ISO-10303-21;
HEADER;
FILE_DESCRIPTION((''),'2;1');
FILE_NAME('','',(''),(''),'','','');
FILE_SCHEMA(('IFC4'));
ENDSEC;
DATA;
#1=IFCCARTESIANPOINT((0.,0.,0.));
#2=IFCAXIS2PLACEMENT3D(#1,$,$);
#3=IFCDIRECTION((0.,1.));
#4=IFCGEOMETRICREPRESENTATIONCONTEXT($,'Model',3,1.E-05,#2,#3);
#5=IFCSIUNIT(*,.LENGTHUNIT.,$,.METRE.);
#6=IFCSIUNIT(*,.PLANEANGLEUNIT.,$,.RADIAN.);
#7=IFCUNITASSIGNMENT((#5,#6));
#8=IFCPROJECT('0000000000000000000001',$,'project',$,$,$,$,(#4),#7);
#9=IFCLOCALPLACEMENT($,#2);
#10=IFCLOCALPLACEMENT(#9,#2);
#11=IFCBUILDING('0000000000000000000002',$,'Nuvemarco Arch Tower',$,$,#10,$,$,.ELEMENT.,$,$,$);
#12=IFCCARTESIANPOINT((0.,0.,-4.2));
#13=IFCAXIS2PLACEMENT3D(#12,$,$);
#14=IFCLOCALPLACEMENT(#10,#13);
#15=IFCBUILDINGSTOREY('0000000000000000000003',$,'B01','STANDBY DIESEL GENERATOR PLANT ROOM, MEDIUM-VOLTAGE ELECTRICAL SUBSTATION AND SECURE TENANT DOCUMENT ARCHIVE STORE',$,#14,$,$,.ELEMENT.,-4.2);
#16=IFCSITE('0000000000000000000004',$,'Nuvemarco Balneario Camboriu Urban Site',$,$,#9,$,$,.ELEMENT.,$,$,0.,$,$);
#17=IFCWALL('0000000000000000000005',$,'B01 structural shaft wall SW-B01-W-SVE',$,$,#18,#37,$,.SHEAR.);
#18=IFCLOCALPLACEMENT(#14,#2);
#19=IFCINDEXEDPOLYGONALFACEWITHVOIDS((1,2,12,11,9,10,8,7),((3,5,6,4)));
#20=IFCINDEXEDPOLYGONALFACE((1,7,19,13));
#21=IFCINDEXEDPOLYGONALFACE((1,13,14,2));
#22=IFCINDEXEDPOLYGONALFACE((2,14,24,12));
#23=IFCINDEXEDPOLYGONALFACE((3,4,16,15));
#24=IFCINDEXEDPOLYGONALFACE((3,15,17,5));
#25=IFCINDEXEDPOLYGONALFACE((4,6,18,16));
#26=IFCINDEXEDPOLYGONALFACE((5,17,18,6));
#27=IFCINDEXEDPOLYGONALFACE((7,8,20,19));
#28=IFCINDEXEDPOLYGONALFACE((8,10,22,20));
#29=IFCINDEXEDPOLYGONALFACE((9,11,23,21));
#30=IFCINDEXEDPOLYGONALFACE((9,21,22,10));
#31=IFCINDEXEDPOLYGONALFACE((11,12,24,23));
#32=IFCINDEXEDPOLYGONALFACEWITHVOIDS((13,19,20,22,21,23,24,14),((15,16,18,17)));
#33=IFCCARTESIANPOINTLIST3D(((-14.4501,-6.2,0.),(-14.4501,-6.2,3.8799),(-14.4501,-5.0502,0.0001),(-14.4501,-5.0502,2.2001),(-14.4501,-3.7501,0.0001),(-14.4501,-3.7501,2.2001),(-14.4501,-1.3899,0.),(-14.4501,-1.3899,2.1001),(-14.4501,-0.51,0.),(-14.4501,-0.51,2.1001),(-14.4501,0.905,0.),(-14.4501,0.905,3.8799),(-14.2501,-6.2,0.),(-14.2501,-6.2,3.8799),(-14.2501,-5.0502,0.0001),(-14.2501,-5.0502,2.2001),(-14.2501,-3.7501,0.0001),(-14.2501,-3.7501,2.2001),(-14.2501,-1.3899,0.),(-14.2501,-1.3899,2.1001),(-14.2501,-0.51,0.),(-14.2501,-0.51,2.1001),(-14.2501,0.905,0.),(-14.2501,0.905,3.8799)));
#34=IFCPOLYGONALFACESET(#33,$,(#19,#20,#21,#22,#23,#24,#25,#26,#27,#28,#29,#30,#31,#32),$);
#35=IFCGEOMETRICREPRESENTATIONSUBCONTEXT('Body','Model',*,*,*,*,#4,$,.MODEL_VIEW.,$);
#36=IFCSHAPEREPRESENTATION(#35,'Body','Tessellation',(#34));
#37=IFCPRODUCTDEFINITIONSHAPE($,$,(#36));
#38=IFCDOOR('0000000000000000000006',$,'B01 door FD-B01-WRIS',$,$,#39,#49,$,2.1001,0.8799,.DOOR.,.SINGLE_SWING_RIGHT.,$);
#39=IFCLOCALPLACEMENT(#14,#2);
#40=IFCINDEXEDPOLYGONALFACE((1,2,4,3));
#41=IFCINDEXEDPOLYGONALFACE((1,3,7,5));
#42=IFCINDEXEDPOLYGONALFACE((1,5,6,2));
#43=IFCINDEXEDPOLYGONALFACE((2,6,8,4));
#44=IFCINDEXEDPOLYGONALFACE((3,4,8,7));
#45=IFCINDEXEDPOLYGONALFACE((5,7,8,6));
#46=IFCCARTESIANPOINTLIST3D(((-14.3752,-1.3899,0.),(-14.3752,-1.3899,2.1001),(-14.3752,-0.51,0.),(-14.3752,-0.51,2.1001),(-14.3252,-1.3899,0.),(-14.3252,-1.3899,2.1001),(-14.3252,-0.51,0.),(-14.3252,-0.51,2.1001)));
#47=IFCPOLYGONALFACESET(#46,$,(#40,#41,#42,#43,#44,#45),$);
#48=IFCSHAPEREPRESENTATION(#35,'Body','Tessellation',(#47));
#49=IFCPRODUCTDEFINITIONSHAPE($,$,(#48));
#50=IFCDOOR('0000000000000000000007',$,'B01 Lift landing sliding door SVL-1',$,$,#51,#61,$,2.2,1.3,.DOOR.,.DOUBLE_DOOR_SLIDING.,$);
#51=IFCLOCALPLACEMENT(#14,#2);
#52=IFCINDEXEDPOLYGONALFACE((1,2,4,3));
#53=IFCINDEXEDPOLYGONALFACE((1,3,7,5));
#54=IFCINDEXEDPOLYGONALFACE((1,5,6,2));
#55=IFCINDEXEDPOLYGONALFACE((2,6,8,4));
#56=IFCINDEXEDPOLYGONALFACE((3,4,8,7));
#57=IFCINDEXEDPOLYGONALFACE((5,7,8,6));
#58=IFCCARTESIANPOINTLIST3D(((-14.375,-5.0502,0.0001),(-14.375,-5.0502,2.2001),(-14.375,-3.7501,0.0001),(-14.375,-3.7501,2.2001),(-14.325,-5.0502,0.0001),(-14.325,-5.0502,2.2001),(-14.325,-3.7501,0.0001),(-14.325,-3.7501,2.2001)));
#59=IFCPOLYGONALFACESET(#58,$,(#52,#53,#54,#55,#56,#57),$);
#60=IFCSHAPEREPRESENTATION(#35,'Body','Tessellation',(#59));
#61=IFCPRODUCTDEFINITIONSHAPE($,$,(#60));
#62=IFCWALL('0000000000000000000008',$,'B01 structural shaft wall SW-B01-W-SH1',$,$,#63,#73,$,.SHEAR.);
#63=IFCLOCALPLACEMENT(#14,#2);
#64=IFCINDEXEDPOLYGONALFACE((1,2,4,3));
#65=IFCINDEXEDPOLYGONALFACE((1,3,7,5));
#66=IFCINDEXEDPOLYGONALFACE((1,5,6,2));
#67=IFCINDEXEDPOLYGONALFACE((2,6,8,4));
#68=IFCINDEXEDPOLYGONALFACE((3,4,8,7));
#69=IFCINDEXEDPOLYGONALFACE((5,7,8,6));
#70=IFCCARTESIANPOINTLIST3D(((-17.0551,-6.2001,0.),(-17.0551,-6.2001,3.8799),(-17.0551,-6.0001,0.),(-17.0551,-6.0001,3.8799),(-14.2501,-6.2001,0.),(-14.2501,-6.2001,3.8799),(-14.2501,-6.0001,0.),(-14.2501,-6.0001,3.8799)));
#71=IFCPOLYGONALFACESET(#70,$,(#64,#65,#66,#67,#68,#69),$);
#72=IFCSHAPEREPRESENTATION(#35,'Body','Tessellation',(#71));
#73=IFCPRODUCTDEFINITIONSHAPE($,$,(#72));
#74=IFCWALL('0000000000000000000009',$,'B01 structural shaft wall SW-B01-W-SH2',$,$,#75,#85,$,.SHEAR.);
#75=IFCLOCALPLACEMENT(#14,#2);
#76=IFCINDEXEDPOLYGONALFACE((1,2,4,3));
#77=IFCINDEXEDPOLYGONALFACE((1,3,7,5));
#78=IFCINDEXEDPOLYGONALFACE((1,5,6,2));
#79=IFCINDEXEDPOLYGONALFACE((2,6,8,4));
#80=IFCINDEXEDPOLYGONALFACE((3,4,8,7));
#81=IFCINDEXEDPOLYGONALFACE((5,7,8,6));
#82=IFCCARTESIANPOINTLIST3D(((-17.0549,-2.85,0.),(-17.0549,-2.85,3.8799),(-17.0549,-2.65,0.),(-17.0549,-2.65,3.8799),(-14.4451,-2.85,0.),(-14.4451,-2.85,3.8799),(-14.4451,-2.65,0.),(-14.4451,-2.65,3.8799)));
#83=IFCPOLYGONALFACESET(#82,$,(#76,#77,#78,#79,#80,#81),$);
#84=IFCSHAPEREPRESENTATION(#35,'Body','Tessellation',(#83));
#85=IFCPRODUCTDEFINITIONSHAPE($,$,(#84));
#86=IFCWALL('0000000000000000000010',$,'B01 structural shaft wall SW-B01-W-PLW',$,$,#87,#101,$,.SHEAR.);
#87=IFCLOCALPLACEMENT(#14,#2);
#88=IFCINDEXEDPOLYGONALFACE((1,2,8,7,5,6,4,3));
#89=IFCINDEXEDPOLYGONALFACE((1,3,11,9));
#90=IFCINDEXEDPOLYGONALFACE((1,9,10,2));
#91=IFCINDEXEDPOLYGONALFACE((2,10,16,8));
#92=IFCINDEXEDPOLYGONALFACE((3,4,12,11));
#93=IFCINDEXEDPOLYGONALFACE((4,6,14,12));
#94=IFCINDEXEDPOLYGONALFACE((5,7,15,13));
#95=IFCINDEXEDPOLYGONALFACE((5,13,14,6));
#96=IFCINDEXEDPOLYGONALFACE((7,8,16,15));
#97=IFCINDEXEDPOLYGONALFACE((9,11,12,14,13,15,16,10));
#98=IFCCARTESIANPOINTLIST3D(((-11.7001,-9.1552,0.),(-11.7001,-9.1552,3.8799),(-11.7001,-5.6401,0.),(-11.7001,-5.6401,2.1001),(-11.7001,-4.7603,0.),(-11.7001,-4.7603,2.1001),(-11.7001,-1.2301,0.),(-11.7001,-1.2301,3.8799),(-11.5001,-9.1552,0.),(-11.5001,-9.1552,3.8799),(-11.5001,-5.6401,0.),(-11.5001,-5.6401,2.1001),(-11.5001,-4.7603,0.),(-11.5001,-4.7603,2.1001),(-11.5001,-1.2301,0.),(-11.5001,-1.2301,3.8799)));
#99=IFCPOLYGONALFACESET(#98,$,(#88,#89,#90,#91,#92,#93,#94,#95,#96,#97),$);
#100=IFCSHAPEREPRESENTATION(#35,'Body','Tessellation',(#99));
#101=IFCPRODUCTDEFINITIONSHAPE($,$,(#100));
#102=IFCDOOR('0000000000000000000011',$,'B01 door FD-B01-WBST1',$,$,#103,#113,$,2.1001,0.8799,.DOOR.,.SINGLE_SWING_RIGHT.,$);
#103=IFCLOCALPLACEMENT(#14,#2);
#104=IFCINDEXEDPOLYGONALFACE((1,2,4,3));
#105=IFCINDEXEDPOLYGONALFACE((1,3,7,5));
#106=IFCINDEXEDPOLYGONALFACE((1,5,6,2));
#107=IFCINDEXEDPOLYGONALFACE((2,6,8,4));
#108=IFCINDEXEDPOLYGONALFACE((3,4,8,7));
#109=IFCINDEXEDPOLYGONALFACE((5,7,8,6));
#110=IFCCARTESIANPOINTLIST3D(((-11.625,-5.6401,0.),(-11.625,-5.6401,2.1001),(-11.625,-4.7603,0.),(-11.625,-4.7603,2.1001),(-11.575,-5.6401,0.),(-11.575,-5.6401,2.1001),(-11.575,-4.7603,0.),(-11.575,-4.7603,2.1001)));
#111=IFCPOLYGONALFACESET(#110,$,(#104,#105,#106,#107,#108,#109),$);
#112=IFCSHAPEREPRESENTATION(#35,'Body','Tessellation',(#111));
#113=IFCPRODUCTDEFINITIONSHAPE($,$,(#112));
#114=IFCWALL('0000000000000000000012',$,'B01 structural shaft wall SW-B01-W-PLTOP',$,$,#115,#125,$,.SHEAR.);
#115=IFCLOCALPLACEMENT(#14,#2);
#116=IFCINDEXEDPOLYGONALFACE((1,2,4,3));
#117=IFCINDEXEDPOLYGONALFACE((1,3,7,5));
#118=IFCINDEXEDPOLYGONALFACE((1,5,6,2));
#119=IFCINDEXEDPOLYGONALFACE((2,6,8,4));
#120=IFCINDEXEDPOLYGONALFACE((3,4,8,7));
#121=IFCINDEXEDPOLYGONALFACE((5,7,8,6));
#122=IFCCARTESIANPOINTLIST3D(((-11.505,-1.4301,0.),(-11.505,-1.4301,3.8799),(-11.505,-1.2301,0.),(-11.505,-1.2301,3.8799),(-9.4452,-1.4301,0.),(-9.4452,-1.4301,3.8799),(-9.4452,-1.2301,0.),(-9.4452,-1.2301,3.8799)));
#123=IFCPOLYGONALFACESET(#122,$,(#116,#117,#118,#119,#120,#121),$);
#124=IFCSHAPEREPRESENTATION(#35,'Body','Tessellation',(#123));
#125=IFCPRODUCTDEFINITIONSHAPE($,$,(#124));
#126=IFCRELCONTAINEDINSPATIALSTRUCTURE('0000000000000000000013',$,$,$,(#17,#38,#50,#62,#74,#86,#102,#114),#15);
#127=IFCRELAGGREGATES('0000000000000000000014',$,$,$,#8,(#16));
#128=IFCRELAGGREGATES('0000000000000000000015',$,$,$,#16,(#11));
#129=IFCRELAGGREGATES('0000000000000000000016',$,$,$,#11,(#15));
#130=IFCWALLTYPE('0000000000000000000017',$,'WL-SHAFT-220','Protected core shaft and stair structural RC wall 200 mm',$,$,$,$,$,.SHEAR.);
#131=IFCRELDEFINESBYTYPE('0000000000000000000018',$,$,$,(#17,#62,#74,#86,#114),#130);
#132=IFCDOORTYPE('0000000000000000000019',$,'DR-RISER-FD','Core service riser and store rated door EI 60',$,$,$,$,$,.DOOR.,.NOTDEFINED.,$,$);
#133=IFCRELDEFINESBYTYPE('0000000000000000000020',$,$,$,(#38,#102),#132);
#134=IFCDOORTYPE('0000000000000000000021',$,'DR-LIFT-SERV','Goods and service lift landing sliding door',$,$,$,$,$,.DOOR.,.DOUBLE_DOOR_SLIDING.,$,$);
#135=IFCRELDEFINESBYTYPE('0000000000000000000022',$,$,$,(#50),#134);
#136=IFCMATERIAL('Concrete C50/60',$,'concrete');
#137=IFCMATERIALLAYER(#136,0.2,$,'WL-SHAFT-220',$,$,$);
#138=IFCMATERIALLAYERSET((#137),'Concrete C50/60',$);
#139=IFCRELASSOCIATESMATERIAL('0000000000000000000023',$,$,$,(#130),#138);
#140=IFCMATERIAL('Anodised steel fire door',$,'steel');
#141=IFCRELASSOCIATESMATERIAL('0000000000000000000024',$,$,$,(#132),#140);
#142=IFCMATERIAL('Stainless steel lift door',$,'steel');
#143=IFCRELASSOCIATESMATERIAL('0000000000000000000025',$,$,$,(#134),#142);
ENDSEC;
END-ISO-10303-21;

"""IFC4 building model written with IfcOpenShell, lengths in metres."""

from ifc_helpers import new_model, si_unit, direction, frame, frame_2d, origin, place, context, subcontext, project, spatial, rectangle, extrude, source, transform, mapped, material, layer, layer_set, type_object, type_shapes, element, fill, save


model = new_model("IFC4")

# Units and contexts
model_context = context("Model", 3, precision=1e-05, world=origin(), true_north=direction((0.0, 1.0)))
body_context = subcontext(model_context, "Body", "Model", "MODEL_VIEW")
ifc_project = project(units=[si_unit("LENGTHUNIT", "METRE"), si_unit("PLANEANGLEUNIT", "RADIAN")], contexts=[model_context])

# Site, building, storey
site_placement = place(None, origin())
site = spatial("IfcSite", under=ifc_project, at=site_placement, Name="Nuvemarco Balneario Camboriu Urban Site", CompositionType="ELEMENT", RefElevation=0.0)
building_placement = place(site_placement, origin())
building = spatial("IfcBuilding", under=site, at=building_placement, Name="Nuvemarco Arch Tower", CompositionType="ELEMENT")
storey_placement = place(building_placement, frame((0.0, 0.0, -4.2)))
storey = spatial("IfcBuildingStorey", under=building, at=storey_placement, Name="B01", Description="STANDBY DIESEL GENERATOR PLANT ROOM, MEDIUM-VOLTAGE ELECTRICAL SUBSTATION AND SECURE TENANT DOCUMENT ARCHIVE STORE", CompositionType="ELEMENT", Elevation=-4.2)

# Shared definitions
ifc_material_1 = material(Name="Concrete C50/60", Category="concrete")

# Shared definitions
ifc_material_2 = material(Name="Anodised steel fire door", Category="steel")
ifc_layer_1 = layer(ifc_material_1, 0.2, Name="WL-SHAFT-220")
ifc_layer_set_1 = layer_set([ifc_layer_1], Name="Concrete C50/60")
wall_type_1 = type_object("IfcWallType", Name="WL-SHAFT-220", Description="Protected core shaft and stair structural RC wall 200 mm", PredefinedType="SHEAR", material=ifc_layer_set_1)
ifc_material_3 = material(Name="Stainless steel lift door", Category="steel")

# Wall, openings, doors
wall_1_placement = place(storey_placement, frame((-14.3501, -6.2, 0.0), z_axis=(0.0, 0.0, 1.0), x_axis=(0.0, 1.0, 0.0)))
wall_1 = element("IfcWall", 1, at=wall_1_placement, inside=storey, type_object=wall_type_1, Name="B01 structural shaft wall SW-B01-W-SVE", PredefinedType="SHEAR", context=body_context, shape_type="SweptSolid", body=[
    extrude(rectangle(XDim=7.105, YDim=0.2, at=frame_2d((3.5525, 0.0))), origin(), (0.0, 0.0, 1.0), 3.8799),
])
opening_1_placement = place(wall_1_placement, frame((5.6899, 0.0, 0.0), z_axis=(0.0, 0.0, 1.0), x_axis=(-1.0, 0.0, 0.0)))
opening_1 = element("IfcOpeningElement", 2, at=opening_1_placement, cuts=wall_1, PredefinedType="OPENING", context=body_context, shape_type="SweptSolid", body=[
    extrude(rectangle(XDim=0.8799, YDim=2.1001, at=frame_2d((0.4399, 1.05))), frame((0.0, 0.1099, 0.0), z_axis=(0.0, -1.0, 0.0), x_axis=(1.0, 0.0, 0.0)), (0.0, 0.0, 1.0), 0.22),
])
opening_2_placement = place(wall_1_placement, frame((1.1499, 0.0, 0.0)))
opening_2 = element("IfcOpeningElement", 3, at=opening_2_placement, cuts=wall_1, PredefinedType="OPENING", context=body_context, shape_type="SweptSolid", body=[
    extrude(rectangle(XDim=1.3, YDim=2.2, at=frame_2d((0.6499, 1.1001))), frame((0.0, 0.1099, 0.0), z_axis=(0.0, -1.0, 0.0), x_axis=(1.0, 0.0, 0.0)), (0.0, 0.0, 1.0), 0.22),
])
door_type_1 = type_object("IfcDoorType", Name="DR-RISER-FD", Description="Core service riser and store rated door EI 60", OperationType="NOTDEFINED", PredefinedType="DOOR", material=ifc_material_2)
shared_shape_1 = source(origin(), body_context, "Body", "SweptSolid", [
    extrude(rectangle(XDim=0.8799, YDim=2.1001, at=frame_2d((0.4399, 1.05))), frame((0.0, 0.0249, 0.0), z_axis=(0.0, -1.0, 0.0), x_axis=(1.0, 0.0, 0.0)), (0.0, 0.0, 1.0), 0.05),
])
type_shapes(door_type_1, [shared_shape_1])
door_1_placement = place(opening_1_placement, origin())
door_1 = element("IfcDoor", 4, at=door_1_placement, inside=storey, type_object=door_type_1, Name="B01 door FD-B01-WRIS", OperationType="SINGLE_SWING_RIGHT", OverallHeight=2.1001, OverallWidth=0.8799, PredefinedType="DOOR", context=body_context, shape_type="MappedRepresentation", body=[
    mapped(shared_shape_1, transform((0.0, 0.0, 0.0), scale=1.0)),
])
fill(opening_1, door_1)
door_type_2 = type_object("IfcDoorType", Name="DR-LIFT-SERV", Description="Goods and service lift landing sliding door", OperationType="DOUBLE_DOOR_SLIDING", PredefinedType="DOOR", material=ifc_material_3)
shared_shape_2 = source(origin(), body_context, "Body", "SweptSolid", [
    extrude(rectangle(XDim=1.3, YDim=2.2, at=frame_2d((0.6499, 1.1001))), frame((0.0, 0.0249, 0.0), z_axis=(0.0, -1.0, 0.0), x_axis=(1.0, 0.0, 0.0)), (0.0, 0.0, 1.0), 0.05),
])
type_shapes(door_type_2, [shared_shape_2])
door_2_placement = place(opening_2_placement, origin())
door_2 = element("IfcDoor", 5, at=door_2_placement, inside=storey, type_object=door_type_2, Name="B01 Lift landing sliding door SVL-1", OperationType="DOUBLE_DOOR_SLIDING", OverallHeight=2.2, OverallWidth=1.3, PredefinedType="DOOR", context=body_context, shape_type="MappedRepresentation", body=[
    mapped(shared_shape_2, transform((0.0, 0.0, 0.0), scale=1.0)),
])
fill(opening_2, door_2)

# Walls
wall_2_placement = place(storey_placement, frame((-17.0549, -6.1001, 0.0), z_axis=(0.0, 0.0, 1.0), x_axis=(1.0, 0.0, 0.0)))
element("IfcWall", 6, at=wall_2_placement, inside=storey, type_object=wall_type_1, Name="B01 structural shaft wall SW-B01-W-SH1", PredefinedType="SHEAR", context=body_context, shape_type="SweptSolid", body=[
    extrude(rectangle(XDim=2.8049, YDim=0.2, at=frame_2d((1.4023, 0.0))), origin(), (0.0, 0.0, 1.0), 3.8799),
])
wall_3_placement = place(storey_placement, frame((-17.0549, -2.75, 0.0), z_axis=(0.0, 0.0, 1.0), x_axis=(1.0, 0.0, 0.0)))
element("IfcWall", 7, at=wall_3_placement, inside=storey, type_object=wall_type_1, Name="B01 structural shaft wall SW-B01-W-SH2", PredefinedType="SHEAR", context=body_context, shape_type="SweptSolid", body=[
    extrude(rectangle(XDim=2.6099, YDim=0.2, at=frame_2d((1.3049, 0.0))), origin(), (0.0, 0.0, 1.0), 3.8799),
])

# Wall, opening, door
wall_4_placement = place(storey_placement, frame((-11.6001, -9.155, 0.0), z_axis=(0.0, 0.0, 1.0), x_axis=(0.0, 1.0, 0.0)))
wall_4 = element("IfcWall", 8, at=wall_4_placement, inside=storey, type_object=wall_type_1, Name="B01 structural shaft wall SW-B01-W-PLW", PredefinedType="SHEAR", context=body_context, shape_type="SweptSolid", body=[
    extrude(rectangle(XDim=7.925, YDim=0.2, at=frame_2d((3.9624, 0.0))), origin(), (0.0, 0.0, 1.0), 3.8799),
])
opening_3_placement = place(wall_4_placement, frame((3.5149, 0.0, 0.0)))
opening_3 = element("IfcOpeningElement", 9, at=opening_3_placement, cuts=wall_4, PredefinedType="OPENING", context=body_context, shape_type="SweptSolid", body=[
    extrude(rectangle(XDim=0.8799, YDim=2.1001, at=frame_2d((0.4399, 1.05))), frame((0.0, 0.1099, 0.0), z_axis=(0.0, -1.0, 0.0), x_axis=(1.0, 0.0, 0.0)), (0.0, 0.0, 1.0), 0.22),
])
door_3_placement = place(opening_3_placement, origin())
door_3 = element("IfcDoor", 10, at=door_3_placement, inside=storey, type_object=door_type_1, Name="B01 door FD-B01-WBST1", OperationType="SINGLE_SWING_RIGHT", OverallHeight=2.1001, OverallWidth=0.8799, PredefinedType="DOOR", context=body_context, shape_type="MappedRepresentation", body=[
    mapped(shared_shape_1, transform((0.0, 0.0, 0.0), scale=1.0)),
])
fill(opening_3, door_3)

# Wall
wall_5_placement = place(storey_placement, frame((-11.5049, -1.3301, 0.0), z_axis=(0.0, 0.0, 1.0), x_axis=(1.0, 0.0, 0.0)))
element("IfcWall", 11, at=wall_5_placement, inside=storey, type_object=wall_type_1, Name="B01 structural shaft wall SW-B01-W-PLTOP", PredefinedType="SHEAR", context=body_context, shape_type="SweptSolid", body=[
    extrude(rectangle(XDim=2.0598, YDim=0.2, at=frame_2d((1.0298, 0.0))), origin(), (0.0, 0.0, 1.0), 3.8799),
])

save(model, "model.ifc")
